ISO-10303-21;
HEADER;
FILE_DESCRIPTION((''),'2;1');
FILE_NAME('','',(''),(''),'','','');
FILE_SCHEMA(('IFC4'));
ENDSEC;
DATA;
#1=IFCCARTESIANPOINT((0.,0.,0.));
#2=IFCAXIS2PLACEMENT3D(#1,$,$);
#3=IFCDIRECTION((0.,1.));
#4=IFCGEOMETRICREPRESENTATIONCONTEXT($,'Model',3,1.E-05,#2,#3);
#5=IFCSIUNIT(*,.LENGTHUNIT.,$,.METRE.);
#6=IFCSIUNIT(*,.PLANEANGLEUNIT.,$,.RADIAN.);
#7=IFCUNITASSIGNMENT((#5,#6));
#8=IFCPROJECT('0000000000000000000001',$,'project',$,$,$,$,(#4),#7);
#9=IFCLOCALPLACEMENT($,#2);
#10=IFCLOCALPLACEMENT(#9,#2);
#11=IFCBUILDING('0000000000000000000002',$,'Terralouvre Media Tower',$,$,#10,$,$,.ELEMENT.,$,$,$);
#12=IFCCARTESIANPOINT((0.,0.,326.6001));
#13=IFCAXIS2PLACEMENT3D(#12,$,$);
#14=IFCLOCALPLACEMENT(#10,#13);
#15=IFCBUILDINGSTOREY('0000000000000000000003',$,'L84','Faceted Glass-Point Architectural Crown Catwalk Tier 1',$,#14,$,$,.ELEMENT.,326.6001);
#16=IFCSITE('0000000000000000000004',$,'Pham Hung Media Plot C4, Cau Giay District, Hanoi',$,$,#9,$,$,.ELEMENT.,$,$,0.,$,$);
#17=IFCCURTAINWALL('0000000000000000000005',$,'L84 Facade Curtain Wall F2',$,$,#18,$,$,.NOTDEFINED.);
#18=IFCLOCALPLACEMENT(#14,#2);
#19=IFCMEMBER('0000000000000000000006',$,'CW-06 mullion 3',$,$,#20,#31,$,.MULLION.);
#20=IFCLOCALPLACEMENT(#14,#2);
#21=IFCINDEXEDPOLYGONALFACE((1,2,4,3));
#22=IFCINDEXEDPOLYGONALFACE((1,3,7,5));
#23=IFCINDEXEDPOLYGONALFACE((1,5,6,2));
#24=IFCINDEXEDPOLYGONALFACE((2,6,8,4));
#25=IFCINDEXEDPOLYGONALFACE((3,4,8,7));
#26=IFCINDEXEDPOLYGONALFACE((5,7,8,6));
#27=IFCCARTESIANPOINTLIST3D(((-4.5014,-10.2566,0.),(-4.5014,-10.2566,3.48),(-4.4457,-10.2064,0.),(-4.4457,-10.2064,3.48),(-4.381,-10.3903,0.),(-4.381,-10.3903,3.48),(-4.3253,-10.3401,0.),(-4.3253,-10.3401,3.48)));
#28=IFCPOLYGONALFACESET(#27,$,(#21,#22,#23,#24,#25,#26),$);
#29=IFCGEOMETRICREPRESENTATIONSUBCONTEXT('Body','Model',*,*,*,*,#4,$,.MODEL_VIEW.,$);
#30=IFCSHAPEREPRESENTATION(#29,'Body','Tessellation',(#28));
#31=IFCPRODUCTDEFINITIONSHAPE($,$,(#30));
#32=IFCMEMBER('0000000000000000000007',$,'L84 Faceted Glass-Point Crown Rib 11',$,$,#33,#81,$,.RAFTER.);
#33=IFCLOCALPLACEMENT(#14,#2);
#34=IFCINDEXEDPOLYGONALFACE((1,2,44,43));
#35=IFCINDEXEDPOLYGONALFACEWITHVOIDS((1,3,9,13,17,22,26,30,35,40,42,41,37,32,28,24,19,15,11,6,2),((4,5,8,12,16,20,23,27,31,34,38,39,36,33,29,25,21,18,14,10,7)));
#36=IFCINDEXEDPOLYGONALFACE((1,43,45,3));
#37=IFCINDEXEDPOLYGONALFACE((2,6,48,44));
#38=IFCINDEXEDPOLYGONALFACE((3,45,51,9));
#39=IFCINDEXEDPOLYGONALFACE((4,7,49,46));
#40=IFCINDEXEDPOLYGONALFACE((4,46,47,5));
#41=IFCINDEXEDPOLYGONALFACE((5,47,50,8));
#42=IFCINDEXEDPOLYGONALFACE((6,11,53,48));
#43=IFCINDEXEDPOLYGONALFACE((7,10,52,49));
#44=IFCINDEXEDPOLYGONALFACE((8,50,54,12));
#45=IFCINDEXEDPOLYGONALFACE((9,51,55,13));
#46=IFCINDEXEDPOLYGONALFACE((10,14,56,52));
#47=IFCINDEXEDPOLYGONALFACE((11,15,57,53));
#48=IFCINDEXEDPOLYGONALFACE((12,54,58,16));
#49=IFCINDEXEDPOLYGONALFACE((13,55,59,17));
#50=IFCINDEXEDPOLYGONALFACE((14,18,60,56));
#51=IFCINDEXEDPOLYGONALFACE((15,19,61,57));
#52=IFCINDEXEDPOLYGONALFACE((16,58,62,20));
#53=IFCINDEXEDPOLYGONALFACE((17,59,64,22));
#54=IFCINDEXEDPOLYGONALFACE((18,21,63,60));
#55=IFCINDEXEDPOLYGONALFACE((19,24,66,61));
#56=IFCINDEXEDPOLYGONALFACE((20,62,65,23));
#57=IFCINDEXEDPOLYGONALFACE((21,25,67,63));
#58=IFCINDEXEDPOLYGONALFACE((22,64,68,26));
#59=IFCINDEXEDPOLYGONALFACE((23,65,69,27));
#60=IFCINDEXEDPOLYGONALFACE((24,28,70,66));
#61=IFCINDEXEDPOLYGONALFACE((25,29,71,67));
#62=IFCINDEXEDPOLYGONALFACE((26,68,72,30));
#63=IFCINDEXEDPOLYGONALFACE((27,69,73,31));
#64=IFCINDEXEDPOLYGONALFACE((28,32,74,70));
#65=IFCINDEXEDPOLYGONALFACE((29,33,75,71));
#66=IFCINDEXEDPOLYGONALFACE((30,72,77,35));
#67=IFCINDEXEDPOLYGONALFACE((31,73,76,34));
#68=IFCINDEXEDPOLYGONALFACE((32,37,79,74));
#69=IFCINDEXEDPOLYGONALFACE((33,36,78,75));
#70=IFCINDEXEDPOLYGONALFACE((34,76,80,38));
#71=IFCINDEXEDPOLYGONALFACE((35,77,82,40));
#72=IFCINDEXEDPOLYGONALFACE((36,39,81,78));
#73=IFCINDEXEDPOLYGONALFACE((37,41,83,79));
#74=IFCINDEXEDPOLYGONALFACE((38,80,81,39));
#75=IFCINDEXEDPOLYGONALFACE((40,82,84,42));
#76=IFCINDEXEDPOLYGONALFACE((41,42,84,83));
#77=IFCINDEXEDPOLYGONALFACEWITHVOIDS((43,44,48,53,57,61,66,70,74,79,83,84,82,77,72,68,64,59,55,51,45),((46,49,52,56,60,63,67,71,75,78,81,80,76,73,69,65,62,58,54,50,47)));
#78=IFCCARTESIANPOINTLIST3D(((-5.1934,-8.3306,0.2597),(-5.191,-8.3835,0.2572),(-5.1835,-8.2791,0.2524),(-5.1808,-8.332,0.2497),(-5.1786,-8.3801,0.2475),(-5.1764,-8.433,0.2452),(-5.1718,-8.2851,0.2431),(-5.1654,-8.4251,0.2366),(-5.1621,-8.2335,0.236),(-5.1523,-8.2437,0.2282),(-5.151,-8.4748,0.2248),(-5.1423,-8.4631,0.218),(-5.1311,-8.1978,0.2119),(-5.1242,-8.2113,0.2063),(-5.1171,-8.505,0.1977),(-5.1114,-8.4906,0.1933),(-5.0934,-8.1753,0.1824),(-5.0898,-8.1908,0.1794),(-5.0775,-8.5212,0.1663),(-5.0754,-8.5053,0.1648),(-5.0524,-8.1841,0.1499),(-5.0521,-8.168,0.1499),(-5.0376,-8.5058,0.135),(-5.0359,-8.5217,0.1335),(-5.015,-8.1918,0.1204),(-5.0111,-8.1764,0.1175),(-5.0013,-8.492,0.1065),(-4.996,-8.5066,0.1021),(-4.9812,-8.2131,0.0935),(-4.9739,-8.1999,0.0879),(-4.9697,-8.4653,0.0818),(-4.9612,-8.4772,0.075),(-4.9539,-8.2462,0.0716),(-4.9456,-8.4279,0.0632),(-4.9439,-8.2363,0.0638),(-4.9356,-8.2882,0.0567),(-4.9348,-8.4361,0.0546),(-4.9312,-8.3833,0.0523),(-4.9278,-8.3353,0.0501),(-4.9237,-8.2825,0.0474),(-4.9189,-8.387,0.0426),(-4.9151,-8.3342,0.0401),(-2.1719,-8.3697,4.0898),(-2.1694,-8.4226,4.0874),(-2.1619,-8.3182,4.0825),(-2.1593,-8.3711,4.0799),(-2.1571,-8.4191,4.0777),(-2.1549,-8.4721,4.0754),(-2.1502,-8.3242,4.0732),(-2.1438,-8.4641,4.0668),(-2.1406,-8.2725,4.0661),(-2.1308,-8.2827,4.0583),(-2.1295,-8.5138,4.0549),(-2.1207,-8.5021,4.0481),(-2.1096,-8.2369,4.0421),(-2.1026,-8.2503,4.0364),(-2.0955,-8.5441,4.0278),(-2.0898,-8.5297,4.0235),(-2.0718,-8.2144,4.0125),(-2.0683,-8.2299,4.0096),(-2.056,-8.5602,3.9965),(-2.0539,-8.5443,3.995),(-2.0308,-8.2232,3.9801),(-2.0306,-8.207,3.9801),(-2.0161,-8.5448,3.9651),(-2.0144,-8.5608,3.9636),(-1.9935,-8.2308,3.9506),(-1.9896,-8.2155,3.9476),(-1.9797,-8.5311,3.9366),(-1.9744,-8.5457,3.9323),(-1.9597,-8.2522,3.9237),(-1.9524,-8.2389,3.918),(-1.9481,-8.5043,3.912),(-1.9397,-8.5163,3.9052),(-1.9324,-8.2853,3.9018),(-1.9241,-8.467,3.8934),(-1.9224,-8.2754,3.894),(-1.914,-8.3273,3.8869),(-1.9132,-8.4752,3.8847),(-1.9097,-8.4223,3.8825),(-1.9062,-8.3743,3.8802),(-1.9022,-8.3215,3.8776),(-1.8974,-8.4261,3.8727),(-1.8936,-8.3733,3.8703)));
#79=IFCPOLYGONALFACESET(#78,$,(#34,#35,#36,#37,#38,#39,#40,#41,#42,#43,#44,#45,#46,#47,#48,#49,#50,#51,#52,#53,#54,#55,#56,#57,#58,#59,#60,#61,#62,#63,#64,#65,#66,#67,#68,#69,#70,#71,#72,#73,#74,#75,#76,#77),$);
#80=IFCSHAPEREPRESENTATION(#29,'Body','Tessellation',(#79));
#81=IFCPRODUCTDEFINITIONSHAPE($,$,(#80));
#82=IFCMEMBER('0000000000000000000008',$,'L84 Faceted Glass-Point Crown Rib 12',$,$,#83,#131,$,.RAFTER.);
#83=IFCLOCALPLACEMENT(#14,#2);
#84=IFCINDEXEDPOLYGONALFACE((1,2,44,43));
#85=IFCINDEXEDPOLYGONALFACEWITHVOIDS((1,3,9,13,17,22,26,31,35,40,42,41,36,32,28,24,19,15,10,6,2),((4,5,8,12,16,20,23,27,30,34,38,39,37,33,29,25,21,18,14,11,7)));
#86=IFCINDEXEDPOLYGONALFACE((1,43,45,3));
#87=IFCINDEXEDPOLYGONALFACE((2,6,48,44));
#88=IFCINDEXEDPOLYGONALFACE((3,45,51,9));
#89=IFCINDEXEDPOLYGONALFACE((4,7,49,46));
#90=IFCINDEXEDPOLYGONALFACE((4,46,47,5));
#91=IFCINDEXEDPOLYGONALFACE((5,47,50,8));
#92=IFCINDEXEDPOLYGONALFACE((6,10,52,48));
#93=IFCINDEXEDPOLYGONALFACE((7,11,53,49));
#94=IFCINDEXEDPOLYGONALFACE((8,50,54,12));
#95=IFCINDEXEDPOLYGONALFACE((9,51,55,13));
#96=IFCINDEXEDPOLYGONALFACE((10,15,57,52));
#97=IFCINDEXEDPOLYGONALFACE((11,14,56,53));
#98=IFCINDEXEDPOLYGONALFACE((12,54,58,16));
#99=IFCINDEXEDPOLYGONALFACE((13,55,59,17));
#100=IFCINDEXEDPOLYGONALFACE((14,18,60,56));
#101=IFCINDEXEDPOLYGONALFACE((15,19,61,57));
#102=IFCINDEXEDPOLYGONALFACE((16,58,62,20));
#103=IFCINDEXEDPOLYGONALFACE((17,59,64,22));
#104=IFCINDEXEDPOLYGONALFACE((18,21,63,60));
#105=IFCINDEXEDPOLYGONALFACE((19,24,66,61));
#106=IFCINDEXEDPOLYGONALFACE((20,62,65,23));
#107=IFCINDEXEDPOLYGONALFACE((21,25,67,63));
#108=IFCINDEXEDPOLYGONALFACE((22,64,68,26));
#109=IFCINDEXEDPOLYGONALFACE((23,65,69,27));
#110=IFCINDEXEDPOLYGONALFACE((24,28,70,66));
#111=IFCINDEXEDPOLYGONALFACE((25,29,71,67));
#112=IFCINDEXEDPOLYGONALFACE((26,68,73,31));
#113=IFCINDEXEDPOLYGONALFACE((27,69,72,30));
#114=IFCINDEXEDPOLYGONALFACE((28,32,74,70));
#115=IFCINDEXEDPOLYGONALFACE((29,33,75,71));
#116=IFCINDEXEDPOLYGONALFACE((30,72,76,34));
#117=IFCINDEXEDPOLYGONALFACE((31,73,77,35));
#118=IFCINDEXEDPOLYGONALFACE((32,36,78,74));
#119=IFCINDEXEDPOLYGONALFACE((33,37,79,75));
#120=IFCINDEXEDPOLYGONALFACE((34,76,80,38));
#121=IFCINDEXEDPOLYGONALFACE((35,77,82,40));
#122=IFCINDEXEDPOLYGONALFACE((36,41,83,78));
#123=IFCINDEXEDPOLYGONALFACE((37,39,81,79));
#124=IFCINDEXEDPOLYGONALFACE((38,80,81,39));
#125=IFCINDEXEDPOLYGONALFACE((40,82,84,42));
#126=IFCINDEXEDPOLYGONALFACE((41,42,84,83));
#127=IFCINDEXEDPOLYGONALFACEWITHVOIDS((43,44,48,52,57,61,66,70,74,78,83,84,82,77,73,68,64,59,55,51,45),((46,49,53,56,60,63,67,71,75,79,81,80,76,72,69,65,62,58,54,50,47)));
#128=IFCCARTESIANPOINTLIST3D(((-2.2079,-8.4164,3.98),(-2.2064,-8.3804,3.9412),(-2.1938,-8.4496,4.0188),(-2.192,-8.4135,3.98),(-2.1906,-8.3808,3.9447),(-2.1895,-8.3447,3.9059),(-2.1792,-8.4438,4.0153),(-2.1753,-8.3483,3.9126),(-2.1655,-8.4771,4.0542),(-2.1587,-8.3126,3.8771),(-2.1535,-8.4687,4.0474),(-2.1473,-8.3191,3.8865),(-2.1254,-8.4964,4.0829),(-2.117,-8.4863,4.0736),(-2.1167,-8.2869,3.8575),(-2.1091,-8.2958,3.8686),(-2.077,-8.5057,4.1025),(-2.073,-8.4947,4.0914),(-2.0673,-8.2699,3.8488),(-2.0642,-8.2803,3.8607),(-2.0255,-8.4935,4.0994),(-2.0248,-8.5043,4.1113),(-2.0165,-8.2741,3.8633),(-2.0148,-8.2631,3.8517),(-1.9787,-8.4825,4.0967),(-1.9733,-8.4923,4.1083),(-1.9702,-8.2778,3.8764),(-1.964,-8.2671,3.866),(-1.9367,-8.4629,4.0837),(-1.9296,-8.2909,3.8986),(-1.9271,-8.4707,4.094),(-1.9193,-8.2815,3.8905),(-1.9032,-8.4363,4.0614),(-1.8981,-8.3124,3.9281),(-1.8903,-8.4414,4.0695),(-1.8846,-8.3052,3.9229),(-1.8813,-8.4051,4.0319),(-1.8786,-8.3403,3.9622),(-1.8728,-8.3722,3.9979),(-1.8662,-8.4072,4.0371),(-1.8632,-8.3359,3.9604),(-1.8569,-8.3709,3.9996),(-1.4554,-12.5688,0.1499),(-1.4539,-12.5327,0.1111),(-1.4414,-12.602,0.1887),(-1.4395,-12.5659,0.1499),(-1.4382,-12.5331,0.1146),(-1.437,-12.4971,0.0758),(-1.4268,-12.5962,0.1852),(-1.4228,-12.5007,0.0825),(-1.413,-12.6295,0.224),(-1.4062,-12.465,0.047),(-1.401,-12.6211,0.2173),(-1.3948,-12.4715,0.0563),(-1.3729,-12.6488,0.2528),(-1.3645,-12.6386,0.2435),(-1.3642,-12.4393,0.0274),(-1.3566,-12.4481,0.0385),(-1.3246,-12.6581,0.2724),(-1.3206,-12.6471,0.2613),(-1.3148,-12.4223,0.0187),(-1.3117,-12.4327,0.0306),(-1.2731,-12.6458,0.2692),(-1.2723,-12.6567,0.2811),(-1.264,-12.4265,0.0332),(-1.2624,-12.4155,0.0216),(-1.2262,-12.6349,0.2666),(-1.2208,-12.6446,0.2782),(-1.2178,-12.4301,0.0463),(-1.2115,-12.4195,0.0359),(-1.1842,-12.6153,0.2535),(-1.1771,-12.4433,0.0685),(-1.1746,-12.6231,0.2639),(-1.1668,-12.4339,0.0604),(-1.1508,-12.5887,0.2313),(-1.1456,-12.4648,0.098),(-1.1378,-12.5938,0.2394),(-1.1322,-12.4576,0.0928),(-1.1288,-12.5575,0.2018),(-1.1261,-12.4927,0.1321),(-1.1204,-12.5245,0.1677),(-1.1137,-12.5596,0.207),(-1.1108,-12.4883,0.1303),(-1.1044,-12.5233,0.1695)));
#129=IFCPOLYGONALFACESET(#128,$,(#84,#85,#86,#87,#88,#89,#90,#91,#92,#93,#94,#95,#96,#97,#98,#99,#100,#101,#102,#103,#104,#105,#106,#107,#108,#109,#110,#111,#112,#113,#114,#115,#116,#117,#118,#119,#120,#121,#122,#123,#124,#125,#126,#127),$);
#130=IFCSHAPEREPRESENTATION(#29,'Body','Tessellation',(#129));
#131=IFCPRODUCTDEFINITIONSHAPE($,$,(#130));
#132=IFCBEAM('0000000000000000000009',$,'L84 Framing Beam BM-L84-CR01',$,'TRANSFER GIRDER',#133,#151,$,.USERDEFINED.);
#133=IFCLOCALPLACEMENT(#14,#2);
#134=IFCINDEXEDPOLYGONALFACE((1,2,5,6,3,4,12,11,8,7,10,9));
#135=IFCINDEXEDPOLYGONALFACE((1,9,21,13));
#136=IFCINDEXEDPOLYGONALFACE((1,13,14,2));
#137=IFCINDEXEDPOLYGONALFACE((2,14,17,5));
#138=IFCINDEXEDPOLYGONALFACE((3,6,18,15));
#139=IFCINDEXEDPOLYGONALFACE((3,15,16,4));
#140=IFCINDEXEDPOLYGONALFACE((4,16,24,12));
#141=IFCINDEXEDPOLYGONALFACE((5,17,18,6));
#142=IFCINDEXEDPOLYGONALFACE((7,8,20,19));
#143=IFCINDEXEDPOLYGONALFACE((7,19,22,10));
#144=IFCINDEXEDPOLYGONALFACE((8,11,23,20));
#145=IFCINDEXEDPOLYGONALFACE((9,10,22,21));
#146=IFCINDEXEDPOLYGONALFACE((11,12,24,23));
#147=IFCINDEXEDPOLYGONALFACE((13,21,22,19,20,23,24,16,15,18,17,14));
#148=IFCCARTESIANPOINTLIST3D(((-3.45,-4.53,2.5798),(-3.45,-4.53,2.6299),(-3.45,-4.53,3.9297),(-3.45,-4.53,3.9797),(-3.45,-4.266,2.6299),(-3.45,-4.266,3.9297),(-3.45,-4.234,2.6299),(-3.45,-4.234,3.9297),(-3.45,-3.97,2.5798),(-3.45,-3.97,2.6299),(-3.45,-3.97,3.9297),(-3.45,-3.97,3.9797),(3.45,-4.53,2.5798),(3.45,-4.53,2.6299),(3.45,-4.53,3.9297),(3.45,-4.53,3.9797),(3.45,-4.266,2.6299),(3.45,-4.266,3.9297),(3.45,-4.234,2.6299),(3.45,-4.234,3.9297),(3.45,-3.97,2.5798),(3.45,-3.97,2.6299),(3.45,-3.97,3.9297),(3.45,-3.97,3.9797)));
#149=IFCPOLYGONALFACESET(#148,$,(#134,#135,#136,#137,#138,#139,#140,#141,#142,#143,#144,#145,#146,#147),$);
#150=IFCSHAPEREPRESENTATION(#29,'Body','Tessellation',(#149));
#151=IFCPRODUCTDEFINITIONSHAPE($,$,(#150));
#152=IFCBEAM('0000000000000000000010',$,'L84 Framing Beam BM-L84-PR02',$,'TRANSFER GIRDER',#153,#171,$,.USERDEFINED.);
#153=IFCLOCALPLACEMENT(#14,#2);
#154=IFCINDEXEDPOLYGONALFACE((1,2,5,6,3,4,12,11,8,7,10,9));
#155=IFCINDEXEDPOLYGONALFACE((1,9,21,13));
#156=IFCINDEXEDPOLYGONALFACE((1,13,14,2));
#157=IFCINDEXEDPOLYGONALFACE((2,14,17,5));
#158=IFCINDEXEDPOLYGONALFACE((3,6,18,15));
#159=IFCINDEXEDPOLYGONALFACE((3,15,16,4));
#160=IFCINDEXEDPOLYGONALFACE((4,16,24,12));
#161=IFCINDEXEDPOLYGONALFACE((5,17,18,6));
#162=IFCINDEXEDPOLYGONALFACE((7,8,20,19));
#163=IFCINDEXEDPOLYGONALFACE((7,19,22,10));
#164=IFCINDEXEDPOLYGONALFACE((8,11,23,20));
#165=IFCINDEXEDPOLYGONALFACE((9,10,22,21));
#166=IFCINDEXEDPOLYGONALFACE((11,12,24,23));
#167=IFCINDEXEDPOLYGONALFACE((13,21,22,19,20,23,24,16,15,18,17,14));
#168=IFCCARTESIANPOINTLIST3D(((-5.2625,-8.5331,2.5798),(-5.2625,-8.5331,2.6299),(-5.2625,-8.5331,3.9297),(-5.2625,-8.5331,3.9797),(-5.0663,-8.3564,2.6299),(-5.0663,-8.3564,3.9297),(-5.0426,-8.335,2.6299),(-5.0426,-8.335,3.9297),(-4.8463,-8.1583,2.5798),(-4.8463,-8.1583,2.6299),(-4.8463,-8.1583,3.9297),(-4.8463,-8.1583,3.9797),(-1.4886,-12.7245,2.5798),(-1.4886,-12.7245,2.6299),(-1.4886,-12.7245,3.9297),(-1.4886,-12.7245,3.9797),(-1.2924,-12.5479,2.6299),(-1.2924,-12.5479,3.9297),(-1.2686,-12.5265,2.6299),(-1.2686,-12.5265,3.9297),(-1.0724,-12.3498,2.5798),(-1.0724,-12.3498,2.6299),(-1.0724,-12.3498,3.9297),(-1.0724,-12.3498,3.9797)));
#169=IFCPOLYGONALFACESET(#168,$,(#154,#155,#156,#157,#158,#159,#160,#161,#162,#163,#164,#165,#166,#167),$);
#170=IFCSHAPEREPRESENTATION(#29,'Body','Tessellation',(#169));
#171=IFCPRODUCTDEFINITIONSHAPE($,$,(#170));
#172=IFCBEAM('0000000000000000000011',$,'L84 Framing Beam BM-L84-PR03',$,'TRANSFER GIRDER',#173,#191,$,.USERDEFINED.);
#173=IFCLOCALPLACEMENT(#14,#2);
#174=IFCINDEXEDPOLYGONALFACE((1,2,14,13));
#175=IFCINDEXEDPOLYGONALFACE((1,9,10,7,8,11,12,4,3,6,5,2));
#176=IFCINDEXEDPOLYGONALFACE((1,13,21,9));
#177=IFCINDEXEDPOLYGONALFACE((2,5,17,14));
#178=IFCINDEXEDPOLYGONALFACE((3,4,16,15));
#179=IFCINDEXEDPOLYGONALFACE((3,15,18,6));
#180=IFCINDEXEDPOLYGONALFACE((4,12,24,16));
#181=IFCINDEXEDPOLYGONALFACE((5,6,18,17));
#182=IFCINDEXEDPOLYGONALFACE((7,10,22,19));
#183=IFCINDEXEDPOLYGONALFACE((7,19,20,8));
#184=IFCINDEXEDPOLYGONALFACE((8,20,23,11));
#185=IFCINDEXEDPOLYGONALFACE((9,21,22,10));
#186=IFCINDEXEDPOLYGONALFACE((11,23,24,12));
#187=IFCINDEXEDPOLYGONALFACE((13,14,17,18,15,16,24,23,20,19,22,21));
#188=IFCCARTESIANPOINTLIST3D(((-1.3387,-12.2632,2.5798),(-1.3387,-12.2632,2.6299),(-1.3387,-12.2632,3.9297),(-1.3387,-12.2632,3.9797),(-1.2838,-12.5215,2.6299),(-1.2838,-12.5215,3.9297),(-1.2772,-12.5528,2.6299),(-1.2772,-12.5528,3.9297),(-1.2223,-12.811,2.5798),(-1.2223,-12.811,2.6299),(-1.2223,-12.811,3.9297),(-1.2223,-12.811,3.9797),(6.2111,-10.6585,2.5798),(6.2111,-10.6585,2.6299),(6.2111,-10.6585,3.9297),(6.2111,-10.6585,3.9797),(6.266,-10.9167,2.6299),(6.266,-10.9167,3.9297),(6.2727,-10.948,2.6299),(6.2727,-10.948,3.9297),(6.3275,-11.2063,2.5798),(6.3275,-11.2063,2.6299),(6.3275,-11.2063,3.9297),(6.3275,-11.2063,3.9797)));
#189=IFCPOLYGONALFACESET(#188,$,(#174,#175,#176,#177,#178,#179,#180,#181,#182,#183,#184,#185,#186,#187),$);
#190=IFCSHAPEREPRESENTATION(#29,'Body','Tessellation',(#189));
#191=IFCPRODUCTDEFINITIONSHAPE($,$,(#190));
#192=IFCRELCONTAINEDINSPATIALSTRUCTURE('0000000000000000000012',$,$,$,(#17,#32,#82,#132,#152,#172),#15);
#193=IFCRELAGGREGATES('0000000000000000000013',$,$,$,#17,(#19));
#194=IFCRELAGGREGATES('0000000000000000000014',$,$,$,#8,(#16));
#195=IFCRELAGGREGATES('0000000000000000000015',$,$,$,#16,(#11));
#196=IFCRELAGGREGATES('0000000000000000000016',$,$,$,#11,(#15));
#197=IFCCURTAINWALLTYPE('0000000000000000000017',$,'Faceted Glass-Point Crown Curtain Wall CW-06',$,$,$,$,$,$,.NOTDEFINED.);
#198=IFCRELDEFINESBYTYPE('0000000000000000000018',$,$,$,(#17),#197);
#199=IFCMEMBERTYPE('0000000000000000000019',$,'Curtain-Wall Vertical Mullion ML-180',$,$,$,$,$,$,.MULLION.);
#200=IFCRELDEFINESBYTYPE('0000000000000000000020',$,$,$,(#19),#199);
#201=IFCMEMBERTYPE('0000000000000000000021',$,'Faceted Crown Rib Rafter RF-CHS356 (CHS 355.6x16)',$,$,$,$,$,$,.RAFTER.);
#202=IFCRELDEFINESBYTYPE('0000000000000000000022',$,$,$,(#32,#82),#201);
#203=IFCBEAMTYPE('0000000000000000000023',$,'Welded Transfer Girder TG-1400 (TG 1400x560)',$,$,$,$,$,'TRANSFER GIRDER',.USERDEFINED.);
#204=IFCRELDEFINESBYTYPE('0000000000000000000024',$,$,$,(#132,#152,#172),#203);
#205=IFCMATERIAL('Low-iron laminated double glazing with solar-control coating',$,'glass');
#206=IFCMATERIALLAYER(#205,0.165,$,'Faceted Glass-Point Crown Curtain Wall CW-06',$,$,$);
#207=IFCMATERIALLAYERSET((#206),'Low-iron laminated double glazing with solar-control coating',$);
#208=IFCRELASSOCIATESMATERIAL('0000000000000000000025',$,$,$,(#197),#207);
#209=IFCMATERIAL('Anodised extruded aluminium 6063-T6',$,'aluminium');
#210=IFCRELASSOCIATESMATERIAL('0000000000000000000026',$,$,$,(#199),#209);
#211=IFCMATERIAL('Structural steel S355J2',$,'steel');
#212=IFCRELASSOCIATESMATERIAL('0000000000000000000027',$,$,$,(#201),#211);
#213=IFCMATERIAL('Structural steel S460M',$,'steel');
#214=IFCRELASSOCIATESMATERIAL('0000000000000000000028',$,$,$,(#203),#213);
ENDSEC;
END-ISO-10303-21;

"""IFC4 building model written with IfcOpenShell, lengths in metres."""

from ifc_helpers import new_model, si_unit, direction, frame, origin, origin_2d, place, context, subcontext, project, spatial, rectangle, hollow_circle, i_section, extrude, material, layer, layer_set, material_profile, profile_set, type_object, element, aggregate, save


model = new_model("IFC4")

# Units and contexts
model_context = context("Model", 3, precision=1e-05, world=origin(), true_north=direction((0.0, 1.0)))
body_context = subcontext(model_context, "Body", "Model", "MODEL_VIEW")
ifc_project = project(units=[si_unit("LENGTHUNIT", "METRE"), si_unit("PLANEANGLEUNIT", "RADIAN")], contexts=[model_context])

# Site, building, storey
site_placement = place(None, origin())
site = spatial("IfcSite", under=ifc_project, at=site_placement, Name="Pham Hung Media Plot C4, Cau Giay District, Hanoi", CompositionType="ELEMENT", RefElevation=0.0)
building_placement = place(site_placement, origin())
building = spatial("IfcBuilding", under=site, at=building_placement, Name="Terralouvre Media Tower", CompositionType="ELEMENT")
storey_placement = place(building_placement, frame((0.0, 0.0, 326.6001)))
storey = spatial("IfcBuildingStorey", under=building, at=storey_placement, Name="L84", Description="Faceted Glass-Point Architectural Crown Catwalk Tier 1", CompositionType="ELEMENT", Elevation=326.6001)

# Curtain wall, member
ifc_material_1 = material(Name="Low-iron laminated double glazing with solar-control coating", Category="glass")
ifc_layer_1 = layer(ifc_material_1, 0.165, Name="Faceted Glass-Point Crown Curtain Wall CW-06")
ifc_layer_set_1 = layer_set([ifc_layer_1], Name="Low-iron laminated double glazing with solar-control coating")
curtain_wall_type = type_object("IfcCurtainWallType", Name="Faceted Glass-Point Crown Curtain Wall CW-06", PredefinedType="NOTDEFINED", material=ifc_layer_set_1)
curtain_wall_placement = place(storey_placement, origin())
curtain_wall = element("IfcCurtainWall", 1, at=curtain_wall_placement, inside=storey, type_object=curtain_wall_type, Name="L84 Facade Curtain Wall F2", PredefinedType="NOTDEFINED")
ifc_material_2 = material(Name="Anodised extruded aluminium 6063-T6", Category="aluminium")
ifc_material_profile_1 = material_profile(ifc_material_2, rectangle(XDim=0.075, YDim=0.1799, at=origin_2d()), Name="ALU 75x180")
ifc_profile_set_1 = profile_set([ifc_material_profile_1], Name="Anodised extruded aluminium 6063-T6")
member_type_1 = type_object("IfcMemberType", Name="Curtain-Wall Vertical Mullion ML-180", PredefinedType="MULLION", material=ifc_profile_set_1)
member_1_placement = place(storey_placement, frame((-4.4133, -10.2983, 0.0), z_axis=(0.0, 0.0, 1.0), x_axis=(0.743145, 0.66913, 0.0)))
member_1 = element("IfcMember", 2, at=member_1_placement, type_object=member_type_1, Name="CW-06 mullion 3", PredefinedType="MULLION", context=body_context, shape_type="SweptSolid", body=[
    extrude(rectangle(XDim=0.075, YDim=0.1799, at=origin_2d()), origin(), (0.0, 0.0, 1.0), 3.48),
])

# Members
ifc_material_3 = material(Name="Structural steel S355J2", Category="steel")
ifc_material_profile_2 = material_profile(ifc_material_3, hollow_circle(Radius=0.1777, WallThickness=0.0161, at=origin_2d()), Name="CHS 355.6x16")
ifc_profile_set_2 = profile_set([ifc_material_profile_2], Name="Structural steel S355J2")
member_type_2 = type_object("IfcMemberType", Name="Faceted Crown Rib Rafter RF-CHS356 (CHS 355.6x16)", PredefinedType="RAFTER", material=ifc_profile_set_2)
member_2_placement = place(storey_placement, frame((-5.0544, -8.3457, 0.1499), z_axis=(0.619339, -0.008007, 0.785083), x_axis=(0.012927, 0.999916, 0.0)))
element("IfcMember", 3, at=member_2_placement, inside=storey, type_object=member_type_2, Name="L84 Faceted Glass-Point Crown Rib 11", PredefinedType="RAFTER", context=body_context, shape_type="SweptSolid", body=[
    extrude(hollow_circle(Radius=0.1777, WallThickness=0.0161, at=origin_2d()), origin(), (0.0, 0.0, 1.0), 4.8787),
])
member_3_placement = place(storey_placement, frame((-1.2805, -12.5371, 0.1499), z_axis=(-0.132032, 0.72862, 0.672072), x_axis=(-0.983975, -0.178305, 0.0)))
element("IfcMember", 4, at=member_3_placement, inside=storey, type_object=member_type_2, Name="L84 Faceted Glass-Point Crown Rib 12", PredefinedType="RAFTER", context=body_context, shape_type="SweptSolid", body=[
    extrude(hollow_circle(Radius=0.1777, WallThickness=0.0161, at=origin_2d()), origin(), (0.0, 0.0, 1.0), 5.699),
])

# Beams
ifc_material_4 = material(Name="Structural steel S460M", Category="steel")
ifc_material_profile_3 = material_profile(ifc_material_4, i_section(OverallWidth=0.5601, OverallDepth=1.3999, WebThickness=0.032, FlangeThickness=0.05, at=origin_2d()), Name="TG 1400x560")
ifc_profile_set_3 = profile_set([ifc_material_profile_3], Name="Structural steel S460M")
beam_type = type_object("IfcBeamType", Name="Welded Transfer Girder TG-1400 (TG 1400x560)", ElementType="TRANSFER GIRDER", PredefinedType="USERDEFINED", material=ifc_profile_set_3)
beam_1_placement = place(storey_placement, frame((-3.45, -4.25, 3.2798), z_axis=(1.0, 0.0, 0.0), x_axis=(0.0, 1.0, 0.0)))
element("IfcBeam", 5, at=beam_1_placement, inside=storey, type_object=beam_type, Name="L84 Framing Beam BM-L84-CR01", ObjectType="TRANSFER GIRDER", PredefinedType="USERDEFINED", context=body_context, shape_type="SweptSolid", body=[
    extrude(i_section(OverallWidth=0.5601, OverallDepth=1.3999, WebThickness=0.032, FlangeThickness=0.05, at=origin_2d()), origin(), (0.0, 0.0, 1.0), 6.8999),
])
beam_2_placement = place(storey_placement, frame((-5.0544, -8.3457, 3.2798), z_axis=(0.669127, -0.743148, 0.0), x_axis=(0.743148, 0.669127, 0.0)))
element("IfcBeam", 6, at=beam_2_placement, inside=storey, type_object=beam_type, Name="L84 Framing Beam BM-L84-PR02", ObjectType="TRANSFER GIRDER", PredefinedType="USERDEFINED", context=body_context, shape_type="SweptSolid", body=[
    extrude(i_section(OverallWidth=0.5601, OverallDepth=1.3999, WebThickness=0.032, FlangeThickness=0.05, at=origin_2d()), origin(), (0.0, 0.0, 1.0), 5.6401),
])
beam_3_placement = place(storey_placement, frame((-1.2805, -12.5371, 3.2798), z_axis=(0.978148, 0.207909, 0.0), x_axis=(-0.207909, 0.978148, 0.0)))
element("IfcBeam", 7, at=beam_3_placement, inside=storey, type_object=beam_type, Name="L84 Framing Beam BM-L84-PR03", ObjectType="TRANSFER GIRDER", PredefinedType="USERDEFINED", context=body_context, shape_type="SweptSolid", body=[
    extrude(i_section(OverallWidth=0.5601, OverallDepth=1.3999, WebThickness=0.032, FlangeThickness=0.05, at=origin_2d()), origin(), (0.0, 0.0, 1.0), 7.7185),
])

aggregate(curtain_wall, [member_1])

save(model, "model.ifc")
